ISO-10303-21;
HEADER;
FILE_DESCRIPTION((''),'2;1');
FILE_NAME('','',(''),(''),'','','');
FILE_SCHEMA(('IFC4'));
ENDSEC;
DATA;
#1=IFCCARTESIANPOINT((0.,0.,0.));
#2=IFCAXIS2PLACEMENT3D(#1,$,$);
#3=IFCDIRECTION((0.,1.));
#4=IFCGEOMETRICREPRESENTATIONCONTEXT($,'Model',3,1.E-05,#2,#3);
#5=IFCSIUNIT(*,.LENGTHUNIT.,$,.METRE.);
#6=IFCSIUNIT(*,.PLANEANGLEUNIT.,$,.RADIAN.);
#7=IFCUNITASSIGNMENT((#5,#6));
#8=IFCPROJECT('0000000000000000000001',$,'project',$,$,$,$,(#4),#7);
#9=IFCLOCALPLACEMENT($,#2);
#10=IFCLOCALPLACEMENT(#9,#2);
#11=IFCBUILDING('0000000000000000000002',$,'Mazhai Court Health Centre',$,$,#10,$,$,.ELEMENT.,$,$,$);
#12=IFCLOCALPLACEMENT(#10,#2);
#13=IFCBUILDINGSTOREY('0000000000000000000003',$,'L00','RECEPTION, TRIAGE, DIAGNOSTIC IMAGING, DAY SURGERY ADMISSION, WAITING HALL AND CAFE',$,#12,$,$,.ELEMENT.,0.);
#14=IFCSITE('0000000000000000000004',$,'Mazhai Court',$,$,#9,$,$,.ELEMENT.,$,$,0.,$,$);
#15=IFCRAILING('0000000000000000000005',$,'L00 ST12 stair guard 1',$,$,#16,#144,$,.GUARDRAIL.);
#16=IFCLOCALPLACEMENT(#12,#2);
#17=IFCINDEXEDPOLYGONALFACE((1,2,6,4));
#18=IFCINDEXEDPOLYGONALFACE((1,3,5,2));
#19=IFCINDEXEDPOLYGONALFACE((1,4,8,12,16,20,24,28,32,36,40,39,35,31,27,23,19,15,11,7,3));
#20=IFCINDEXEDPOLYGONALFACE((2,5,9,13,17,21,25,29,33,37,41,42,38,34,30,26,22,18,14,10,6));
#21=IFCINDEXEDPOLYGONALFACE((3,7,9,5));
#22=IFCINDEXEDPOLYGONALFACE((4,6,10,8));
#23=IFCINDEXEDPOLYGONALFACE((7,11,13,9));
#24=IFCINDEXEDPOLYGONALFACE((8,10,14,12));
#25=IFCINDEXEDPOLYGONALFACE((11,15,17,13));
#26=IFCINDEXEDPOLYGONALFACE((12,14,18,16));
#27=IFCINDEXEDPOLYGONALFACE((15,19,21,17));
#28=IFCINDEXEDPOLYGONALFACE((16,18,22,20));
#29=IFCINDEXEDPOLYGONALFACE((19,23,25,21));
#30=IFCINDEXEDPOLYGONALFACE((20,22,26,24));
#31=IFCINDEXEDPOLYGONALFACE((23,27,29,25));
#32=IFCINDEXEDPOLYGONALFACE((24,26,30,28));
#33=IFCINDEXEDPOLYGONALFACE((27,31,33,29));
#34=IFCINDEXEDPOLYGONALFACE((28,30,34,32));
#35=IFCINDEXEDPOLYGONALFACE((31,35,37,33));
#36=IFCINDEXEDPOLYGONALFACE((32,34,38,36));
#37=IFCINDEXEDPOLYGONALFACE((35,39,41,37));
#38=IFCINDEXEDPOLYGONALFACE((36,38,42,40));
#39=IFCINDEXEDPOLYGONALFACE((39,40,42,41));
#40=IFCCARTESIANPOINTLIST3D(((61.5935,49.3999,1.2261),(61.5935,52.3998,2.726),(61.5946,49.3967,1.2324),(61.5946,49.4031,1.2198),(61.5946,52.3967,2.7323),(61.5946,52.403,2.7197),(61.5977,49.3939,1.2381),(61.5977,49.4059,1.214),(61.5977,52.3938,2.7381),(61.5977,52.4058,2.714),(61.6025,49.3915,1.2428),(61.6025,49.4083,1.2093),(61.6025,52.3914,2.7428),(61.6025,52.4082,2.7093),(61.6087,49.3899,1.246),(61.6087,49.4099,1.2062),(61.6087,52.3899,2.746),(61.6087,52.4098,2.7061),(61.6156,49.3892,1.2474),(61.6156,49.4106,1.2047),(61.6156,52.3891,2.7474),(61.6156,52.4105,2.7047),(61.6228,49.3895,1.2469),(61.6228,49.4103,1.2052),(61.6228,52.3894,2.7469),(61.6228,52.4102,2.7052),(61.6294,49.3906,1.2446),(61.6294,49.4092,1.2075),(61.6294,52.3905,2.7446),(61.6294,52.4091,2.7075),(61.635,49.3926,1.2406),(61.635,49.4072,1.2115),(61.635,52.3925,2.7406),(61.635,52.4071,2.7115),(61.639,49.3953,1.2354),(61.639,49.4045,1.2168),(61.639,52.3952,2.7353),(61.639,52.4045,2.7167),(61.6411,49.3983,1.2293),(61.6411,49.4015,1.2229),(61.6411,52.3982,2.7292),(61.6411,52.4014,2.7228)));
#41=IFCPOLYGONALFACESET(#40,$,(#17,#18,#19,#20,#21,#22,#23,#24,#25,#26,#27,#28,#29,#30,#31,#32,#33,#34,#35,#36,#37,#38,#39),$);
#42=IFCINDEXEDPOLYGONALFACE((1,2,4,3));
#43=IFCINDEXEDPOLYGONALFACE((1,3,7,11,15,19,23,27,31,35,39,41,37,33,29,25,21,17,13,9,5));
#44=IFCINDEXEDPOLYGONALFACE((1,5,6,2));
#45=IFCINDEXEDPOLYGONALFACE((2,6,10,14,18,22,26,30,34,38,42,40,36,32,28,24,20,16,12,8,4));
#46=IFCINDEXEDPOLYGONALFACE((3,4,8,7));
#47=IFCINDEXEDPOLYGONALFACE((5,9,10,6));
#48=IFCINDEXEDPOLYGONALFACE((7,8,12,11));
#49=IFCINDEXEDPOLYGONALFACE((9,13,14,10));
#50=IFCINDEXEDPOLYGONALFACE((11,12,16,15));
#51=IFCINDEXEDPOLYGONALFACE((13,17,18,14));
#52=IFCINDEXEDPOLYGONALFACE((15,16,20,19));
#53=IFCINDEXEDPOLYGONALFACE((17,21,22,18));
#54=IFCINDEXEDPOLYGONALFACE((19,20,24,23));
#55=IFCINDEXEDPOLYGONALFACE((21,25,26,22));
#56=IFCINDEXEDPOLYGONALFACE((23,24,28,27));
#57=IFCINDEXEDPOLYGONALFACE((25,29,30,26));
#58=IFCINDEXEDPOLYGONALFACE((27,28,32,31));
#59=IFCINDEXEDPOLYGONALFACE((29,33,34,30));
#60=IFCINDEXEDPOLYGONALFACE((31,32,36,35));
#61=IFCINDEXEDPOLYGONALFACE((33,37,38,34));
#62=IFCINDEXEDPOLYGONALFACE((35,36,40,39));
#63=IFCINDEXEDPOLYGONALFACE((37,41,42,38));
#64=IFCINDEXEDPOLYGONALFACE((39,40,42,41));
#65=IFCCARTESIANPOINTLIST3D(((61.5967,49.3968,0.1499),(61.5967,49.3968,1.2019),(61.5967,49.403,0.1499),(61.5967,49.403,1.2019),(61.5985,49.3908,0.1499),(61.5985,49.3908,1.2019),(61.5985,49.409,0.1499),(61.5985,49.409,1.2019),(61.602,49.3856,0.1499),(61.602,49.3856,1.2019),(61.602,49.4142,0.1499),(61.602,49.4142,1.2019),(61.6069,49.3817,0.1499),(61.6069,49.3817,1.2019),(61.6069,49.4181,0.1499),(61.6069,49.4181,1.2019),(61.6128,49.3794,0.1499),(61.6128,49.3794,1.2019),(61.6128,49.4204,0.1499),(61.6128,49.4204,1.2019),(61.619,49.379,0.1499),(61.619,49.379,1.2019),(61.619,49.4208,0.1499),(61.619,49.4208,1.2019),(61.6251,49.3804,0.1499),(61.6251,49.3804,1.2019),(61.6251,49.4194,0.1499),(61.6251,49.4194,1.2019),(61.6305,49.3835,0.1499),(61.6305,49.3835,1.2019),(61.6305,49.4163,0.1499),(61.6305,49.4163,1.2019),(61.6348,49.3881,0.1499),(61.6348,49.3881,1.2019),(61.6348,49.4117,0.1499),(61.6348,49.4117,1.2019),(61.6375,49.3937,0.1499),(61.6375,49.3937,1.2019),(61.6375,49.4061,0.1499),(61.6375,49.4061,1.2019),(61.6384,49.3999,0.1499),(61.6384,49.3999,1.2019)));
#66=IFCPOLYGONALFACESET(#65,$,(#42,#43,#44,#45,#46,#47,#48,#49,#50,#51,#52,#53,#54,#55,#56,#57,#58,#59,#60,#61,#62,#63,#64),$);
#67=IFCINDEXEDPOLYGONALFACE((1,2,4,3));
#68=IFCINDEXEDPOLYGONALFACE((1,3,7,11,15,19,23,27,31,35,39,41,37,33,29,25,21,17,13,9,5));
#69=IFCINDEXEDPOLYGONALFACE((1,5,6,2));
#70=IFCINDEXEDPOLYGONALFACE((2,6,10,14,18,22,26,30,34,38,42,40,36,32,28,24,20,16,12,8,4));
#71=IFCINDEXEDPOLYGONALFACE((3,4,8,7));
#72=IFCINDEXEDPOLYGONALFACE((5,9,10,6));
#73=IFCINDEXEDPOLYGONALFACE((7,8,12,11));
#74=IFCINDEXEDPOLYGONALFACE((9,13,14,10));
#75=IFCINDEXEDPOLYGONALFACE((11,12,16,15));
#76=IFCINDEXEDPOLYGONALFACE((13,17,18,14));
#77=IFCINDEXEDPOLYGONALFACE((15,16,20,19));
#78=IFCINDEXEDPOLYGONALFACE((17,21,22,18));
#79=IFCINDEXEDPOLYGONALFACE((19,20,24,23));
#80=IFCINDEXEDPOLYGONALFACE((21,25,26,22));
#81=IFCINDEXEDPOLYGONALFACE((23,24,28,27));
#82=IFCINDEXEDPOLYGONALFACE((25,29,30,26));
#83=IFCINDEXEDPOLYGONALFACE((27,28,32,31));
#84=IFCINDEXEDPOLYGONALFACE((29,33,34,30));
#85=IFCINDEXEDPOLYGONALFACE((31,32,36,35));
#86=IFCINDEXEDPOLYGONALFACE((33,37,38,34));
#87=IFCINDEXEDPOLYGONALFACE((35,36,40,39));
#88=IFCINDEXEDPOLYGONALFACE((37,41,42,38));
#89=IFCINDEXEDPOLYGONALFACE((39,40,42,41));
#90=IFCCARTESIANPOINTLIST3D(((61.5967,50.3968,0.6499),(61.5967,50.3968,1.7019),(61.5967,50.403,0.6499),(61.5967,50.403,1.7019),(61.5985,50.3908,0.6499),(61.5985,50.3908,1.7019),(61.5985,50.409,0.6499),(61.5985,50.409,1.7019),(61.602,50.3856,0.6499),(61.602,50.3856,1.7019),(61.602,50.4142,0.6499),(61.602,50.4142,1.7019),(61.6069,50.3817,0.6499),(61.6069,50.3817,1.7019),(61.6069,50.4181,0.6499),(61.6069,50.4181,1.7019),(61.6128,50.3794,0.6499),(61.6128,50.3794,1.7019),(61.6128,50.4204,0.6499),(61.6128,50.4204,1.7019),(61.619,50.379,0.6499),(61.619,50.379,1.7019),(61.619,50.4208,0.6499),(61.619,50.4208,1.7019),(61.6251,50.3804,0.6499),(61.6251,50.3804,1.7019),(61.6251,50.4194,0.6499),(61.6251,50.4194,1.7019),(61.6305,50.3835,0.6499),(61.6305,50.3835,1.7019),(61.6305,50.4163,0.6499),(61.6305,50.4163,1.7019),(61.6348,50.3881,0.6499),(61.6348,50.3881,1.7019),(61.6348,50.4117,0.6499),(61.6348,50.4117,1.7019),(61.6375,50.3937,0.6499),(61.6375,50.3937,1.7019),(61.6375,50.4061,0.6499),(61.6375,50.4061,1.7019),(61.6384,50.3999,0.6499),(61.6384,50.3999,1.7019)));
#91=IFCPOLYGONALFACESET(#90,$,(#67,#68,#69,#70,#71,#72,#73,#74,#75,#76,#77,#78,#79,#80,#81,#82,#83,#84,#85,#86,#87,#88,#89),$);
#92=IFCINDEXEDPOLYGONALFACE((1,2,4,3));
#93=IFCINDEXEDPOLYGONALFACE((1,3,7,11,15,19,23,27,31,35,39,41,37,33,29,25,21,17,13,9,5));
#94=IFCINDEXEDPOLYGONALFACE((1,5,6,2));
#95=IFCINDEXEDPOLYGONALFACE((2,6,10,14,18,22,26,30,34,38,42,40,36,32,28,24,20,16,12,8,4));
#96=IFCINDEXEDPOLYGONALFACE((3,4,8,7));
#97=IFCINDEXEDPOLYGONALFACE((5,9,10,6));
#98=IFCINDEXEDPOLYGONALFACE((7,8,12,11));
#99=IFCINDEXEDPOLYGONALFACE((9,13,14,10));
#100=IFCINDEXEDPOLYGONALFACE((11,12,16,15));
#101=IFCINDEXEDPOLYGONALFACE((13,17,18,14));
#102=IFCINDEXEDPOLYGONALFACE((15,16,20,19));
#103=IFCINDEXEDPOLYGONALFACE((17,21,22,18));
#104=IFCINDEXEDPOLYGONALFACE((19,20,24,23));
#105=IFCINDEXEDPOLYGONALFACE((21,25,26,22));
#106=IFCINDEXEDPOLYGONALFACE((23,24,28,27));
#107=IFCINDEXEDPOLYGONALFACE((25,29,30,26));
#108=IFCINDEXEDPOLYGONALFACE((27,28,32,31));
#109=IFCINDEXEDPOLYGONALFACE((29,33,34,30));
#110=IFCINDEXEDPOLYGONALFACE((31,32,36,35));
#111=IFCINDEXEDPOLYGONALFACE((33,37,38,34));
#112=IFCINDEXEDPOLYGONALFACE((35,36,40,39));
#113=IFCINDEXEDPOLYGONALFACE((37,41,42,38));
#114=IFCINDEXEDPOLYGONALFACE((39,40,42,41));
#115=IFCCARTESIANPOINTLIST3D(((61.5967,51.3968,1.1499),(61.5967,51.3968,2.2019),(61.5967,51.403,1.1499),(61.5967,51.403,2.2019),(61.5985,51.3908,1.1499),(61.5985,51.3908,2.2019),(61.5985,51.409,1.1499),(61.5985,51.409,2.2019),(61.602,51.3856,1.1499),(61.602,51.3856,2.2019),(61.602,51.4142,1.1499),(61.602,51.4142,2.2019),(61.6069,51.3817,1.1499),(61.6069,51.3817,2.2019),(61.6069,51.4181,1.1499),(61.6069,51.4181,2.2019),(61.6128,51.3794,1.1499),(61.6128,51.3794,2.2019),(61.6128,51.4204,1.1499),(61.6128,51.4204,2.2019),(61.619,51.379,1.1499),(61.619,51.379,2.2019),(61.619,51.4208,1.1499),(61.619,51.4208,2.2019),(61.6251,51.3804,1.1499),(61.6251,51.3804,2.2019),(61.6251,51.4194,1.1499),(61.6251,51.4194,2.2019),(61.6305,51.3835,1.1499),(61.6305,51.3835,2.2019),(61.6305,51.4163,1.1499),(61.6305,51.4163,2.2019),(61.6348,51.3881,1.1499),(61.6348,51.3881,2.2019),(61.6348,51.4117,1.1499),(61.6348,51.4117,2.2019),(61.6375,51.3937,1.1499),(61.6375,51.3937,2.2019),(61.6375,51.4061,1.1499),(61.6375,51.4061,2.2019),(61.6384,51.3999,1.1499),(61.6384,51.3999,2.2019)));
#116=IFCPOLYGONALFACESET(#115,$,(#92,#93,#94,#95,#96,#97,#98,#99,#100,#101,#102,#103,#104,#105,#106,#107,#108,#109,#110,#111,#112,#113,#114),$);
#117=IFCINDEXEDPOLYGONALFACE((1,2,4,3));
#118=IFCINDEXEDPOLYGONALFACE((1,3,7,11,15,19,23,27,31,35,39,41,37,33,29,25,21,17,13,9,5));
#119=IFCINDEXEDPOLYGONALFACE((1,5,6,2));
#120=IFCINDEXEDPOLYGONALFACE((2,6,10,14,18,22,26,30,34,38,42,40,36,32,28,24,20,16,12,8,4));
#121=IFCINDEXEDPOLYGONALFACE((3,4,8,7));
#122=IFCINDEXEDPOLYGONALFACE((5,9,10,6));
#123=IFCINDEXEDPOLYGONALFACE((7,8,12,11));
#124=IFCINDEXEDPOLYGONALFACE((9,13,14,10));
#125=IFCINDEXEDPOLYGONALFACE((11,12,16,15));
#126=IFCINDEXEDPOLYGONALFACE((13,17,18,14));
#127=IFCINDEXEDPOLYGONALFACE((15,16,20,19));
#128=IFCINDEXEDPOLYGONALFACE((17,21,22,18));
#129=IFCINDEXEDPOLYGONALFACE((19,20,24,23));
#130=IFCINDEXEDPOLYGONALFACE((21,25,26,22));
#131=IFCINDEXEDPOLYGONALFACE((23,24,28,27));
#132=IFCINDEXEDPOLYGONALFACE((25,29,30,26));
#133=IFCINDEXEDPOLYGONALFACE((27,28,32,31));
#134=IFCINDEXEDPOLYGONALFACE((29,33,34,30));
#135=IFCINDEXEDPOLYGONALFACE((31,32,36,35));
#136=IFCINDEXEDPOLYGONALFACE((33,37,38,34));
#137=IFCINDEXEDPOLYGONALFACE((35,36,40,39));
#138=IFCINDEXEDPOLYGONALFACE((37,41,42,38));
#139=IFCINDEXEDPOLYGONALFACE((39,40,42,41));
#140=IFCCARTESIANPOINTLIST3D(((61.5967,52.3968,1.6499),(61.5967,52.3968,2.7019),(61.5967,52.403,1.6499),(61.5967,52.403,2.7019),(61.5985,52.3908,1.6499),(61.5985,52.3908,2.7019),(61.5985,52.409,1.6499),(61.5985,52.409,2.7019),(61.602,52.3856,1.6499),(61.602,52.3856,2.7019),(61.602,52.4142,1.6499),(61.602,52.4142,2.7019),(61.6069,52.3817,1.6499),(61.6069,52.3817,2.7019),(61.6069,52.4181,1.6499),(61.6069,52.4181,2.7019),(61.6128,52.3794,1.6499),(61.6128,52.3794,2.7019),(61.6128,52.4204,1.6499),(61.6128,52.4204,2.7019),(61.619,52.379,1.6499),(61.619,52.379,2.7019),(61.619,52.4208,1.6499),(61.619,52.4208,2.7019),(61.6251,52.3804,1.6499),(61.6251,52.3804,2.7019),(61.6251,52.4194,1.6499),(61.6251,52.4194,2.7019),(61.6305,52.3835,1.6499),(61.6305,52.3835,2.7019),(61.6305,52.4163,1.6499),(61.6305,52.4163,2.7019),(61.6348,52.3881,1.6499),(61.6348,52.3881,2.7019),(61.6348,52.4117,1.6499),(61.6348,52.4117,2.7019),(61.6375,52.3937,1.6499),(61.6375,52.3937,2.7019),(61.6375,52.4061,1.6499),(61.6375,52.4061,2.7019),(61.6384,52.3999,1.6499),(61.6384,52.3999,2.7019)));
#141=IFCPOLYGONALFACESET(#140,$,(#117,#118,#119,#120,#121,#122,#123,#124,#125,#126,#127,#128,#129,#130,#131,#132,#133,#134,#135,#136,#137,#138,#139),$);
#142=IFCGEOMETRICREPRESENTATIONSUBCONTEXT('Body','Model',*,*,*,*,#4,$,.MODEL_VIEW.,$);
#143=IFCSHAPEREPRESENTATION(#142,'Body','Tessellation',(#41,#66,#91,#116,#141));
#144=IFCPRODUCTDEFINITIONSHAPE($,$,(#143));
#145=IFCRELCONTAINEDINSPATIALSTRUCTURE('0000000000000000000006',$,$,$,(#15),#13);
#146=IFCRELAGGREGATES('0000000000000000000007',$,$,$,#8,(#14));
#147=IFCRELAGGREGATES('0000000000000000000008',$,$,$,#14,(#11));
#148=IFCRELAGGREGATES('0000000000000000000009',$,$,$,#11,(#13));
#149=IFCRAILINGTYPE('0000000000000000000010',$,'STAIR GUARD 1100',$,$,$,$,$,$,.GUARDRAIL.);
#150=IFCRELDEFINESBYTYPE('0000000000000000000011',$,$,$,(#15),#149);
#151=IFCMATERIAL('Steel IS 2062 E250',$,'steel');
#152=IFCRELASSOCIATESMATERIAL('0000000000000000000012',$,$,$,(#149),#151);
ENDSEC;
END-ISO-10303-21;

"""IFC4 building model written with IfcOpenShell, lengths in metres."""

from ifc_helpers import new_model, si_unit, direction, frame, origin, origin_2d, place, context, subcontext, project, spatial, circle, extrude, material, type_object, element, save


model = new_model("IFC4")

# Units and contexts
model_context = context("Model", 3, precision=1e-05, world=origin(), true_north=direction((0.0, 1.0)))
body_context = subcontext(model_context, "Body", "Model", "MODEL_VIEW")
ifc_project = project(units=[si_unit("LENGTHUNIT", "METRE"), si_unit("PLANEANGLEUNIT", "RADIAN")], contexts=[model_context])

# Site, building, storey
site_placement = place(None, origin())
site = spatial("IfcSite", under=ifc_project, at=site_placement, Name="Mazhai Court", CompositionType="ELEMENT", RefElevation=0.0)
building_placement = place(site_placement, origin())
building = spatial("IfcBuilding", under=site, at=building_placement, Name="Mazhai Court Health Centre", CompositionType="ELEMENT")
storey_placement = place(building_placement, origin())
storey = spatial("IfcBuildingStorey", under=building, at=storey_placement, Name="L00", Description="RECEPTION, TRIAGE, DIAGNOSTIC IMAGING, DAY SURGERY ADMISSION, WAITING HALL AND CAFE", CompositionType="ELEMENT", Elevation=0.0)

# Railing
ifc_material_1 = material(Name="Steel IS 2062 E250", Category="steel")
railing_type_1 = type_object("IfcRailingType", Name="STAIR GUARD 1100", PredefinedType="GUARDRAIL", material=ifc_material_1)
railing_1_placement = place(storey_placement, frame((61.6174, 49.3999, 0.1499)))
element("IfcRailing", 1, at=railing_1_placement, inside=storey, type_object=railing_type_1, Name="L00 ST12 stair guard 1", PredefinedType="GUARDRAIL", context=body_context, shape_type="SweptSolid", body=[
    extrude(circle(Radius=0.0239, at=origin_2d()), frame((0.0, 0.0, 1.0762), z_axis=(0.0, 0.894427, 0.447214), x_axis=(-1.0, 0.0, 0.0)), (0.0, 0.0, 1.0), 3.354),
    extrude(circle(Radius=0.021, at=origin_2d()), origin(), (0.0, 0.0, 1.0), 1.052),
    extrude(circle(Radius=0.021, at=origin_2d()), frame((0.0, 1.0, 0.5)), (0.0, 0.0, 1.0), 1.052),
    extrude(circle(Radius=0.021, at=origin_2d()), frame((0.0, 2.0, 1.0)), (0.0, 0.0, 1.0), 1.052),
    extrude(circle(Radius=0.021, at=origin_2d()), frame((0.0, 3.0, 1.5)), (0.0, 0.0, 1.0), 1.052),
])

save(model, "model.ifc")
